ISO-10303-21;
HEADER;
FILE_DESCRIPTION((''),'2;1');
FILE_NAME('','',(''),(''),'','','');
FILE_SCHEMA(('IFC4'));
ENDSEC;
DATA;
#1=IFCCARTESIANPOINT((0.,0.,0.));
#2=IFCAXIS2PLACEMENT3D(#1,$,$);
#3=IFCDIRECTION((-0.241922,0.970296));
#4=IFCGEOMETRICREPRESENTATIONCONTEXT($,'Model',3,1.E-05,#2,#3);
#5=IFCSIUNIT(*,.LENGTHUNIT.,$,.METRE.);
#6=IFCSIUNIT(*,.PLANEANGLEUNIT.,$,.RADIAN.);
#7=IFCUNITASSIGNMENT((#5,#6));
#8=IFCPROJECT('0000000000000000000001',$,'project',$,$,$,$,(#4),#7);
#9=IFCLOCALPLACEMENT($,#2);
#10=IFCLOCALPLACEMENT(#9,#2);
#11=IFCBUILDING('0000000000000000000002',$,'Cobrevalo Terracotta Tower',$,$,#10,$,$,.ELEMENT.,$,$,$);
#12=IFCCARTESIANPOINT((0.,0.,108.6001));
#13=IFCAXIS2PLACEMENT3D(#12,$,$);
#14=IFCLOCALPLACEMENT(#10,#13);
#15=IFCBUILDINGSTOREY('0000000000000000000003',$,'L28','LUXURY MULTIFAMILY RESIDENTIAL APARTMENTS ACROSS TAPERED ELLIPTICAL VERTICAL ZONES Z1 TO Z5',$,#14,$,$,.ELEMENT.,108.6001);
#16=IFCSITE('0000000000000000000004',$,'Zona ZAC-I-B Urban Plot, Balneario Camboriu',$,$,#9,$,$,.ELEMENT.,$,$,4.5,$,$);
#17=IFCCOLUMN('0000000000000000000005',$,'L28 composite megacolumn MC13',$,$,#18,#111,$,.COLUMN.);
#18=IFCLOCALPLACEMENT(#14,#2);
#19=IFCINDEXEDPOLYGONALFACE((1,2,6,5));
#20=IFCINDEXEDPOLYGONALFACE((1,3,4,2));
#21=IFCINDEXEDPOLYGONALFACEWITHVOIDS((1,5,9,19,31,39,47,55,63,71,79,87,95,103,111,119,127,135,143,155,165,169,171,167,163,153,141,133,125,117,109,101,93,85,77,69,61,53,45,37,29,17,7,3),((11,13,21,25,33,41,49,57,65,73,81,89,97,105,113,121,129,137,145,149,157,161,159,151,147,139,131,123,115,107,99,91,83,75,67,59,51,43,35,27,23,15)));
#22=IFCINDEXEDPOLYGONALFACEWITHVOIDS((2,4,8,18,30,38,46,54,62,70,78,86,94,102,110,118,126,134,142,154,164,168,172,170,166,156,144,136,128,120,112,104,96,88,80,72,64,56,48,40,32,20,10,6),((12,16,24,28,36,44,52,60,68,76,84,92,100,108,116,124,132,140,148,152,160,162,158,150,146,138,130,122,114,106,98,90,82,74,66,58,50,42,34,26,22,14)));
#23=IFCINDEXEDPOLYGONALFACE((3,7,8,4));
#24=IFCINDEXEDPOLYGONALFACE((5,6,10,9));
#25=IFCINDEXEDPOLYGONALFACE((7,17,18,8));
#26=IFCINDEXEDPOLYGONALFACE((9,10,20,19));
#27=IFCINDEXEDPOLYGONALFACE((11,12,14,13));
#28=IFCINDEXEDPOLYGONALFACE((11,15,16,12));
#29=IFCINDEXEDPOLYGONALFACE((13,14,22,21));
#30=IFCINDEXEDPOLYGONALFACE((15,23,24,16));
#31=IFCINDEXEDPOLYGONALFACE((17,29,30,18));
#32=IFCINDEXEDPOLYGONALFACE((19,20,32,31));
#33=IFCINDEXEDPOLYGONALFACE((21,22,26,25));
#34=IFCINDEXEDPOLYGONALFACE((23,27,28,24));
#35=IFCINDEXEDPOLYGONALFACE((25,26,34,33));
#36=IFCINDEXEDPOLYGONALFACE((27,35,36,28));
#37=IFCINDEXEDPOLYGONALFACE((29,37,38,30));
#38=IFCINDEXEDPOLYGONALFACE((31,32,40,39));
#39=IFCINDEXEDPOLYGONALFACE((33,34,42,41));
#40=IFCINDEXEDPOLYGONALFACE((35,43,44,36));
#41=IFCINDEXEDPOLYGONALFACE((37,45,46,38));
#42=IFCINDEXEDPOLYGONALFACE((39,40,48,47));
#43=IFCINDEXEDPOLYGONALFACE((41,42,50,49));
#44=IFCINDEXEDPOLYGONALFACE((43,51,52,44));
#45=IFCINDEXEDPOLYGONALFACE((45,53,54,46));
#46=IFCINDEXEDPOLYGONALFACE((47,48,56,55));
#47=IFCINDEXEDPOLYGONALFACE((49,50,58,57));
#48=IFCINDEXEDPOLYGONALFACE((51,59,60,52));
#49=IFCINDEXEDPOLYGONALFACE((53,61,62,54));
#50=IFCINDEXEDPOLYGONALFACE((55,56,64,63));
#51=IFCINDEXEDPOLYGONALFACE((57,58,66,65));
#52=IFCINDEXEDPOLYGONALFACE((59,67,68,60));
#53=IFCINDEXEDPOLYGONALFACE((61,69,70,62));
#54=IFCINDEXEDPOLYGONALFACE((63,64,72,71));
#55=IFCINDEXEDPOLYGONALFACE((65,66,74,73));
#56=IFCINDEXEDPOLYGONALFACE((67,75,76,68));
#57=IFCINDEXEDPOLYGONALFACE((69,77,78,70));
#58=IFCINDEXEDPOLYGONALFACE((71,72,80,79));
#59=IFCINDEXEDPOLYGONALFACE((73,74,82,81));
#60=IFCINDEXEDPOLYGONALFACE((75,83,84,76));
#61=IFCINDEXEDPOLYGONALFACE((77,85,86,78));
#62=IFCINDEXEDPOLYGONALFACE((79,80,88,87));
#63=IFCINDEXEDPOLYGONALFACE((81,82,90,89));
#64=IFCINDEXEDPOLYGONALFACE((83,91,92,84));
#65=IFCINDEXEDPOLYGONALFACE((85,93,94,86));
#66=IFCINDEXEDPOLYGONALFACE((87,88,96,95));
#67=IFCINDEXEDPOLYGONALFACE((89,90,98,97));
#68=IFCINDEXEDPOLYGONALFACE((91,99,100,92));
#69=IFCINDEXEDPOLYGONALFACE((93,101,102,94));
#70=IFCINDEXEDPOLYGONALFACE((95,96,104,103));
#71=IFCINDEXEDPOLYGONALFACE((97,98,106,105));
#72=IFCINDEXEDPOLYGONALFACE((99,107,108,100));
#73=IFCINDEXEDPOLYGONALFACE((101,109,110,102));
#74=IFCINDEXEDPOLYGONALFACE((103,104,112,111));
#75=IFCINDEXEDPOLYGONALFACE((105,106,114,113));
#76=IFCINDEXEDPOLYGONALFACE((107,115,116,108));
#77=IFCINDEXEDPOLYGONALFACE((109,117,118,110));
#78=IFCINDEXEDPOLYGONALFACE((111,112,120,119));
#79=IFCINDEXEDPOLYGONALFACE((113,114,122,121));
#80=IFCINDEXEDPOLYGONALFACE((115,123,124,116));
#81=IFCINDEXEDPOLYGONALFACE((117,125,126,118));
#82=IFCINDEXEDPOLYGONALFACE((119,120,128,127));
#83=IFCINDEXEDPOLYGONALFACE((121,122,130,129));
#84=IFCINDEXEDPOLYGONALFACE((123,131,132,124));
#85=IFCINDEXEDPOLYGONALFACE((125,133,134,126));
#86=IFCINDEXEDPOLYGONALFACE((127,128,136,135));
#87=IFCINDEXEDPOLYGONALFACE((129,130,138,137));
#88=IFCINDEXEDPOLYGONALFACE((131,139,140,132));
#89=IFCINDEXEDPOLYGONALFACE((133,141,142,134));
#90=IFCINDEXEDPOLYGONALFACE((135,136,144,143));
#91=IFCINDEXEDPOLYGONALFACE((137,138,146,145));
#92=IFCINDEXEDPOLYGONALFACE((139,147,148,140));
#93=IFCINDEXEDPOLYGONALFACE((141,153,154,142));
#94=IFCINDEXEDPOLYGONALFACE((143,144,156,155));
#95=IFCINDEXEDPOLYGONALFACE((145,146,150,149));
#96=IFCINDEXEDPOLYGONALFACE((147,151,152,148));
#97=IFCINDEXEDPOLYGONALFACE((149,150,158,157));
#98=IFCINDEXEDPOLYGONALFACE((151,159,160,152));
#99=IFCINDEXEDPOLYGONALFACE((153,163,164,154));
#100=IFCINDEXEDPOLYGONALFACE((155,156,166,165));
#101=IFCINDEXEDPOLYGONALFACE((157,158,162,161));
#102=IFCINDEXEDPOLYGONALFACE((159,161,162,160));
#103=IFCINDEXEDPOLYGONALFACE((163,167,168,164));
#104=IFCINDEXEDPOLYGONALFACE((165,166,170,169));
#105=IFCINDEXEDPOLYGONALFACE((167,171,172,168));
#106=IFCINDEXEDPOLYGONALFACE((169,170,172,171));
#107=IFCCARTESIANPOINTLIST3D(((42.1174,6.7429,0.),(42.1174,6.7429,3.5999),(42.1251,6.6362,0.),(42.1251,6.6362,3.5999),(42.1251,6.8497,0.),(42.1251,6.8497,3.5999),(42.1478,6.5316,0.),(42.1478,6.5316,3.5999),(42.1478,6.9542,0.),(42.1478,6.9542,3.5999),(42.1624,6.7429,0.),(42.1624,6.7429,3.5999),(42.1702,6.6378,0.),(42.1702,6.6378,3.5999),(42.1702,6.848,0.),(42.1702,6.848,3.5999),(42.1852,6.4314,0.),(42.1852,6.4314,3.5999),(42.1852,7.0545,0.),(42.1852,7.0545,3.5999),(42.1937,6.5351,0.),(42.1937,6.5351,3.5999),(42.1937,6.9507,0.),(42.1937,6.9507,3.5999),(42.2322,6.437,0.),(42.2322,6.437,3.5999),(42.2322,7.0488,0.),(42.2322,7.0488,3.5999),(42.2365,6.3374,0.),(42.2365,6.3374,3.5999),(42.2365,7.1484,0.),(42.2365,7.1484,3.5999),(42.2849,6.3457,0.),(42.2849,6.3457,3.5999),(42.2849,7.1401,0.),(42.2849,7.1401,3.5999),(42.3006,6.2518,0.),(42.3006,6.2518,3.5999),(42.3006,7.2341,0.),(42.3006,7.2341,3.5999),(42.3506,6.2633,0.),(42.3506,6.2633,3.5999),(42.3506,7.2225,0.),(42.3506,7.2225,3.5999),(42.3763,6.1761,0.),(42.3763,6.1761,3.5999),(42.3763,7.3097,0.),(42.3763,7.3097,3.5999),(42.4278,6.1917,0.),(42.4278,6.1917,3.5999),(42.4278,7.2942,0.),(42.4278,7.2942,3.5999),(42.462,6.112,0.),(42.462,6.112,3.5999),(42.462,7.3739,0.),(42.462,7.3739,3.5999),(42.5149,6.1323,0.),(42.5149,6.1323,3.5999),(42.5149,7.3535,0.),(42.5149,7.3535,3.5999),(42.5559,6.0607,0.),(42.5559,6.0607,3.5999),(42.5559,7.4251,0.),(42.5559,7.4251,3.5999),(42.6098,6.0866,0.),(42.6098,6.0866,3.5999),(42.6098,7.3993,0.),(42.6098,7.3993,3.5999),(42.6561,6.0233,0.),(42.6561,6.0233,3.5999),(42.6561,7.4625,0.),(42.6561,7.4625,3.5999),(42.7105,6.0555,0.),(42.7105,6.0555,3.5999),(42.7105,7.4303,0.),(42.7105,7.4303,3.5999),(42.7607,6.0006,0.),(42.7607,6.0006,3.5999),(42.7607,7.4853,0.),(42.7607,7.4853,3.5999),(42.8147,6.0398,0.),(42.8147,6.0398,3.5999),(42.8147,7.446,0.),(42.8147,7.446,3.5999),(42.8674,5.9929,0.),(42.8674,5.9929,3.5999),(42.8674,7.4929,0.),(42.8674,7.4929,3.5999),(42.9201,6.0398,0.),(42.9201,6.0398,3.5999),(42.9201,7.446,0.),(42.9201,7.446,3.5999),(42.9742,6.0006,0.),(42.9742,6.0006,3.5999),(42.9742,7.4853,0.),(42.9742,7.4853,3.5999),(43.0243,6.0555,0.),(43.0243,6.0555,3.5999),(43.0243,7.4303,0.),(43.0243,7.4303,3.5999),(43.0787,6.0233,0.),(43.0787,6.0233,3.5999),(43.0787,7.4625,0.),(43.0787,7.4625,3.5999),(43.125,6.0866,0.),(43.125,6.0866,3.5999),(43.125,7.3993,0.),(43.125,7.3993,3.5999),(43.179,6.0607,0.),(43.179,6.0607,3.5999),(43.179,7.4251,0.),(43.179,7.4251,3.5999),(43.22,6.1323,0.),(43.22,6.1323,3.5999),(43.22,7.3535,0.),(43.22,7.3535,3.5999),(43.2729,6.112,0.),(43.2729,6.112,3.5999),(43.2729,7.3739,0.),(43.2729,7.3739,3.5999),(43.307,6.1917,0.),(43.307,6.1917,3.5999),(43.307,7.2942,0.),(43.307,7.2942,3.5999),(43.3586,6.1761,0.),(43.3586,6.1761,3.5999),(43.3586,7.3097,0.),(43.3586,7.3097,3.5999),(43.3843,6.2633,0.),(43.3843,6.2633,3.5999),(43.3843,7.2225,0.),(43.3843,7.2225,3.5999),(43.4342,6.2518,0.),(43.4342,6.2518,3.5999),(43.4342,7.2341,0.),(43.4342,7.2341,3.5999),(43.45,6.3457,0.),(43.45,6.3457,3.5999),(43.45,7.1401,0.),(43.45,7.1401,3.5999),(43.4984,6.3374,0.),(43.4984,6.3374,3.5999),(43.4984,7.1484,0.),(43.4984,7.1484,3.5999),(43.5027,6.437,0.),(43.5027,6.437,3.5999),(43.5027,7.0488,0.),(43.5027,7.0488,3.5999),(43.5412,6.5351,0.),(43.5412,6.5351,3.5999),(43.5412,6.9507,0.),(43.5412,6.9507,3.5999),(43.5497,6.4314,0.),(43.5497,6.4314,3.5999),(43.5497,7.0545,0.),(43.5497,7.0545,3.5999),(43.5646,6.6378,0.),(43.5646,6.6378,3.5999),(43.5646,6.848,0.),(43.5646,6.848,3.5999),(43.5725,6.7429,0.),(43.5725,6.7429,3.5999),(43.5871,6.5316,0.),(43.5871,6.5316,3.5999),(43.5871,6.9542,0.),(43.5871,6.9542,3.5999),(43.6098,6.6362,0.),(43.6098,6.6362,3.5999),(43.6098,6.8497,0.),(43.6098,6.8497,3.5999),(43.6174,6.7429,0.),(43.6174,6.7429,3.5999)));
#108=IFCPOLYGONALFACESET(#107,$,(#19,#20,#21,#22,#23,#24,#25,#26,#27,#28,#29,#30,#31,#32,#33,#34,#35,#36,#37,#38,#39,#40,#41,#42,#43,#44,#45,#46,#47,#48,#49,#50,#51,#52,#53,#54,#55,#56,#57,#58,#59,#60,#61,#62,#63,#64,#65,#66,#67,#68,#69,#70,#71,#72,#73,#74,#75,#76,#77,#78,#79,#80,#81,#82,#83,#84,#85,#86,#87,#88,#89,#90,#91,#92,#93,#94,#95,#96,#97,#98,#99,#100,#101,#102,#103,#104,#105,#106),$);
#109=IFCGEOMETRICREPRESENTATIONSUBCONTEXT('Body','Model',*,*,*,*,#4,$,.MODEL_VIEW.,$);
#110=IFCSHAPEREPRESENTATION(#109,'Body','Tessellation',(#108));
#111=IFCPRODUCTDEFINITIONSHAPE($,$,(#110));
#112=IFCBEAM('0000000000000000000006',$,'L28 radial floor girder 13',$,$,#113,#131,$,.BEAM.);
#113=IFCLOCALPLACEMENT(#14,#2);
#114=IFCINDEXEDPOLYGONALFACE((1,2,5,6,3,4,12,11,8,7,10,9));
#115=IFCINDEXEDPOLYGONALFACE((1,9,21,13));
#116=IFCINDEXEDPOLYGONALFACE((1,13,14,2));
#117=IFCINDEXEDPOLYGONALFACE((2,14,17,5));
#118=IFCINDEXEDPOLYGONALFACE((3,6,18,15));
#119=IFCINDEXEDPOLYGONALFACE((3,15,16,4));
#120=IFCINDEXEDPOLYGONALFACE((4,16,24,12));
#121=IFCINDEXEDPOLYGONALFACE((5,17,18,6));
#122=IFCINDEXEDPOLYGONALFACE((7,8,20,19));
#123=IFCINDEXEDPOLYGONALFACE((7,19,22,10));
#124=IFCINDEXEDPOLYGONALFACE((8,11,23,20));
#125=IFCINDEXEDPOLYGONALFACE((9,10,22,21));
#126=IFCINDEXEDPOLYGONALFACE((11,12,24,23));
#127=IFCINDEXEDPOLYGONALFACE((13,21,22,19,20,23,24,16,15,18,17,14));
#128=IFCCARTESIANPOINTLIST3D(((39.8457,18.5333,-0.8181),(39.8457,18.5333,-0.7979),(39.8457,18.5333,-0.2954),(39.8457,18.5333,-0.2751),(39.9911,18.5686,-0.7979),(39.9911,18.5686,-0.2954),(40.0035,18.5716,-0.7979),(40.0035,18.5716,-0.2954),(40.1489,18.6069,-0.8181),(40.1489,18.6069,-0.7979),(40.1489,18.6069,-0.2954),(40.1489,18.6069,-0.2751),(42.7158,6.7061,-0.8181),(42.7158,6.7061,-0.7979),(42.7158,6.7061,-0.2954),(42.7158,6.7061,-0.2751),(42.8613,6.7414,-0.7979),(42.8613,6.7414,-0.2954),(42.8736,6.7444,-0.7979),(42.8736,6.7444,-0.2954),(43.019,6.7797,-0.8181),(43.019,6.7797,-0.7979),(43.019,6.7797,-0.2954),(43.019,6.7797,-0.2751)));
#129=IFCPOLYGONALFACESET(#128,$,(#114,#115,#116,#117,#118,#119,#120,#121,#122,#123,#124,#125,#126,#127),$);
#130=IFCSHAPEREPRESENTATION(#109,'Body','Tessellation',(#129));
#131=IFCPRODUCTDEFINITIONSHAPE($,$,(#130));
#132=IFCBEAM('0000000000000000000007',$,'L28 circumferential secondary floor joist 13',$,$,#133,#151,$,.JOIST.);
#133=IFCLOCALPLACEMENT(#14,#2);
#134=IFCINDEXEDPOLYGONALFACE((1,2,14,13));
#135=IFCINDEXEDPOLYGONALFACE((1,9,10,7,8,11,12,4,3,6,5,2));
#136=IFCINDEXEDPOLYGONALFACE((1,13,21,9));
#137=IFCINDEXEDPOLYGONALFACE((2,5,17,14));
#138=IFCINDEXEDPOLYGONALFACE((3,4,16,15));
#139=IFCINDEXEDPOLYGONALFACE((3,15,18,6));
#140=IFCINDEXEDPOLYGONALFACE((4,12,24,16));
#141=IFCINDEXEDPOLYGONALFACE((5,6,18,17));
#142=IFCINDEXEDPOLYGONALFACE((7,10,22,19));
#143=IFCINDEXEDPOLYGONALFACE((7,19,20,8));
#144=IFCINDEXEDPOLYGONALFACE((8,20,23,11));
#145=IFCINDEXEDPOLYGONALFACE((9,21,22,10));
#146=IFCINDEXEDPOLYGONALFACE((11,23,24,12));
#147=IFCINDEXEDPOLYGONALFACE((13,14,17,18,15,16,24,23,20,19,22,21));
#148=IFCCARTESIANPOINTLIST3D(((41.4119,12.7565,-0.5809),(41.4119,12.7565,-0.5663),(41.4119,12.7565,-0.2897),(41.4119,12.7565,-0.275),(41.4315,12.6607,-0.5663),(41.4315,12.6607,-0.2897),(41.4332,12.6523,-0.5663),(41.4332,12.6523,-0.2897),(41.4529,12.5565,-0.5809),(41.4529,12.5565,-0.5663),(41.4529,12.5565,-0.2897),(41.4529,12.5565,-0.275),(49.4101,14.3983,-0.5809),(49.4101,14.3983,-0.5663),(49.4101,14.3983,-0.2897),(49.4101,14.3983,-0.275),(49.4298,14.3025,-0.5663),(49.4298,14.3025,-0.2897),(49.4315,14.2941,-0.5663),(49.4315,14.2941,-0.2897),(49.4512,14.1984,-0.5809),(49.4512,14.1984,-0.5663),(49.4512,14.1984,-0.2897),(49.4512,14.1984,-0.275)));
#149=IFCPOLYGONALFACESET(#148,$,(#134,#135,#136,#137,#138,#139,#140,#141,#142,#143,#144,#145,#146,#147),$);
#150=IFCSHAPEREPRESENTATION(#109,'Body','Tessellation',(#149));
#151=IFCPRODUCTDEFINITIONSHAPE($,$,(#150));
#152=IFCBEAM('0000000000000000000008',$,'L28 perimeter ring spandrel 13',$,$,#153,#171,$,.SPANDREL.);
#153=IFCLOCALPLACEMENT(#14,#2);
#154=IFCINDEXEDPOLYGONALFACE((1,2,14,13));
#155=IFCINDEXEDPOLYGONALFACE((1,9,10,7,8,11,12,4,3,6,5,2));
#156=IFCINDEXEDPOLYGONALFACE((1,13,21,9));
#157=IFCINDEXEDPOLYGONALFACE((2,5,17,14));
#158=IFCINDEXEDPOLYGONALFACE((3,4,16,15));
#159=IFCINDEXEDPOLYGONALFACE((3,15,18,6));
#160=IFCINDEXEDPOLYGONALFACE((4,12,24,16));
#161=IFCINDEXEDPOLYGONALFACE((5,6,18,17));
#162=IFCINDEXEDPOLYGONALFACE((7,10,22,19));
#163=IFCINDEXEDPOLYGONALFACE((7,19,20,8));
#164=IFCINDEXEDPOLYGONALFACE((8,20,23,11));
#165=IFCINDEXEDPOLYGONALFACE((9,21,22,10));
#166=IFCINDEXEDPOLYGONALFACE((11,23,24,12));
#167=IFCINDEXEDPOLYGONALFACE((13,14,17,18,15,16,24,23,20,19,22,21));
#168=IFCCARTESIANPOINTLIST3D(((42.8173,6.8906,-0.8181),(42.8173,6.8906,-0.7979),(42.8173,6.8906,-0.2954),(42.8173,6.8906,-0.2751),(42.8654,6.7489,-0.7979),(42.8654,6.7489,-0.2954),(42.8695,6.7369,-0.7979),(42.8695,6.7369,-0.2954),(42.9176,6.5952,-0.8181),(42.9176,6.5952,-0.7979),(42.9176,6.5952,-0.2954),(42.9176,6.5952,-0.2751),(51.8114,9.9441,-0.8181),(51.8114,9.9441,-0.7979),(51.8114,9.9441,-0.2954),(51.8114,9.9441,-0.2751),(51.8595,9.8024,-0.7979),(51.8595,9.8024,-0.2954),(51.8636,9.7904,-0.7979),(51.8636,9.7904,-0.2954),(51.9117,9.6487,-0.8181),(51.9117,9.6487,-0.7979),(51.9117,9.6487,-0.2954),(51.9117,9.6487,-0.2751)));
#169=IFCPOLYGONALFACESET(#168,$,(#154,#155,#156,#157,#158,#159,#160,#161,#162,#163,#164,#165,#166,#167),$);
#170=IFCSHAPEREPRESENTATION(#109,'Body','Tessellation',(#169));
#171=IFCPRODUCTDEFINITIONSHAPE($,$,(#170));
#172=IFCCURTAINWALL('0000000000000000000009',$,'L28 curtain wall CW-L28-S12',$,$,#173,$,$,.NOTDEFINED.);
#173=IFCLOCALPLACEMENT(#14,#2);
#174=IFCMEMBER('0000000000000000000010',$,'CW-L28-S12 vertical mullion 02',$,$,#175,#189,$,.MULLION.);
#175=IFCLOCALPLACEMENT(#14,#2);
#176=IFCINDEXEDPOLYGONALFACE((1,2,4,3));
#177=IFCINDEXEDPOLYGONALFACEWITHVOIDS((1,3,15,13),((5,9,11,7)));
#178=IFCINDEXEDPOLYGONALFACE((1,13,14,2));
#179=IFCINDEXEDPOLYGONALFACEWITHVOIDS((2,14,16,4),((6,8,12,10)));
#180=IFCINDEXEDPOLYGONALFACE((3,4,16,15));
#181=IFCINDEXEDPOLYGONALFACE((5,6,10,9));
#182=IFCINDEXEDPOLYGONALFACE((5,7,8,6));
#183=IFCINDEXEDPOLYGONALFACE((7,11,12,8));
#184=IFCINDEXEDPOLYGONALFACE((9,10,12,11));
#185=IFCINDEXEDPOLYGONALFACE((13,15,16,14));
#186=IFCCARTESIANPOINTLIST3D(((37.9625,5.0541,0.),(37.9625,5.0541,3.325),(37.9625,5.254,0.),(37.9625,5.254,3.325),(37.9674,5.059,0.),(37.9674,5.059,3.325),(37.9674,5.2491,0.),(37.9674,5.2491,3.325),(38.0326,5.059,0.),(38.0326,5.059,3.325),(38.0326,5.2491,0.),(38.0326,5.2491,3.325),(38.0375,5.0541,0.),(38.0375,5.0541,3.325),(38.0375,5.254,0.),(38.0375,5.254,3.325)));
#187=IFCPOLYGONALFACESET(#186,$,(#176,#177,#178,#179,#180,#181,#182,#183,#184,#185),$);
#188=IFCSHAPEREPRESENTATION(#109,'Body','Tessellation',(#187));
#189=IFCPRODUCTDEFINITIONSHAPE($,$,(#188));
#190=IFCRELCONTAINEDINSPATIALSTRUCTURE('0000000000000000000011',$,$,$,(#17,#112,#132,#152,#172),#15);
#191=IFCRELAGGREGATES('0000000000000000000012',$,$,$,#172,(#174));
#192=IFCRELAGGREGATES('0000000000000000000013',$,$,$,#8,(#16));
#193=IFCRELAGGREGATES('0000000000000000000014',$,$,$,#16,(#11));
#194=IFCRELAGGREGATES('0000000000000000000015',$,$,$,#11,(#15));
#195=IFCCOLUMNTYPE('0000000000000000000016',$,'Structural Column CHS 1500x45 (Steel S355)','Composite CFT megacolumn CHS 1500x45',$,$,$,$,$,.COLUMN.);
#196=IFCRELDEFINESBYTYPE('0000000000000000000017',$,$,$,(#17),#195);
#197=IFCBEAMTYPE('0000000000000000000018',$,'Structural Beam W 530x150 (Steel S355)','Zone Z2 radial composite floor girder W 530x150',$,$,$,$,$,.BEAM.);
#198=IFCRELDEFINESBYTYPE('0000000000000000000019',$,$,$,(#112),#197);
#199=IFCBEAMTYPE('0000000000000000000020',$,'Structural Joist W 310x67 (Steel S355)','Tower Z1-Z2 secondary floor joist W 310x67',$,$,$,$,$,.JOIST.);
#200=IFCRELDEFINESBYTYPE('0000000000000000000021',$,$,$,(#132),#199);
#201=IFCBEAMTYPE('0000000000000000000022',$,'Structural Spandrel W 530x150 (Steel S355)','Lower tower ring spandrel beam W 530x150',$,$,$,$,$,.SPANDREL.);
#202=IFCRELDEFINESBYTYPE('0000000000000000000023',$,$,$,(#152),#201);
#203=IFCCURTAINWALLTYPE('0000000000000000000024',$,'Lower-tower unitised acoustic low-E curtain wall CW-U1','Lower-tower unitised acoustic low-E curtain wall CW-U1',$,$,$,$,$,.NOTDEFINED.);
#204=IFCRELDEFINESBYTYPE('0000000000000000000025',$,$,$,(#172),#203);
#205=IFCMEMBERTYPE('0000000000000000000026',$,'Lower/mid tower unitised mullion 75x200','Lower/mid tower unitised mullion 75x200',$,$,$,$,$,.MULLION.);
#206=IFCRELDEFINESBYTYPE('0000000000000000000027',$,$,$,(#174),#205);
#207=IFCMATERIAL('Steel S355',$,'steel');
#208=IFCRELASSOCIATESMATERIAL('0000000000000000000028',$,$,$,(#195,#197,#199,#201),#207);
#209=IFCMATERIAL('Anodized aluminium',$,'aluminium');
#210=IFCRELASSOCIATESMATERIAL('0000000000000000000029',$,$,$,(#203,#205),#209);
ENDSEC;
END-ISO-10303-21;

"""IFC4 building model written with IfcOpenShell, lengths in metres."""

from ifc_helpers import new_model, si_unit, direction, frame, origin, origin_2d, place, context, subcontext, project, spatial, hollow_rectangle, hollow_circle, i_section, extrude, source, transform, mapped, material, material_profile, profile_set, type_object, element, aggregate, save


model = new_model("IFC4")

# Units and contexts
model_context = context("Model", 3, precision=1e-05, world=origin(), true_north=direction((-0.241922, 0.970296)))
body_context = subcontext(model_context, "Body", "Model", "MODEL_VIEW")
ifc_project = project(units=[si_unit("LENGTHUNIT", "METRE"), si_unit("PLANEANGLEUNIT", "RADIAN")], contexts=[model_context])

# Site, building, storey
site_placement = place(None, origin())
site = spatial("IfcSite", under=ifc_project, at=site_placement, Name="Zona ZAC-I-B Urban Plot, Balneario Camboriu", CompositionType="ELEMENT", RefElevation=4.5)
building_placement = place(site_placement, origin())
building = spatial("IfcBuilding", under=site, at=building_placement, Name="Cobrevalo Terracotta Tower", CompositionType="ELEMENT")
storey_placement = place(building_placement, frame((0.0, 0.0, 108.6001)))
storey = spatial("IfcBuildingStorey", under=building, at=storey_placement, Name="L28", Description="LUXURY MULTIFAMILY RESIDENTIAL APARTMENTS ACROSS TAPERED ELLIPTICAL VERTICAL ZONES Z1 TO Z5", CompositionType="ELEMENT", Elevation=108.6001)

# Column
ifc_material_1 = material(Name="Steel S355", Category="steel")
ifc_material_profile_1 = material_profile(ifc_material_1, hollow_circle(Radius=0.75, WallThickness=0.0449, at=origin_2d()), Name="CHS 1500x45")
ifc_profile_set_1 = profile_set([ifc_material_profile_1], Name="Steel S355")
column_type = type_object("IfcColumnType", Name="Structural Column CHS 1500x45 (Steel S355)", Description="Composite CFT megacolumn CHS 1500x45", PredefinedType="COLUMN", material=ifc_profile_set_1)
column_placement = place(storey_placement, frame((42.8674, 6.7429, 0.0), z_axis=(0.0, 0.0, 1.0), x_axis=(1.0, 0.0, 0.0)))
element("IfcColumn", 1, at=column_placement, inside=storey, type_object=column_type, Name="L28 composite megacolumn MC13", PredefinedType="COLUMN", context=body_context, shape_type="SweptSolid", body=[
    extrude(hollow_circle(Radius=0.75, WallThickness=0.0449, at=origin_2d()), origin(), (0.0, 0.0, 1.0), 3.5999),
])

# Beams
ifc_material_profile_2 = material_profile(ifc_material_1, i_section(OverallWidth=0.312, OverallDepth=0.543, WebThickness=0.0127, FlangeThickness=0.0203, at=origin_2d()), Name="W 530x150")
ifc_profile_set_2 = profile_set([ifc_material_profile_2], Name="Steel S355")
beam_type_1 = type_object("IfcBeamType", Name="Structural Beam W 530x150 (Steel S355)", Description="Zone Z2 radial composite floor girder W 530x150", PredefinedType="BEAM", material=ifc_profile_set_2)
beam_1_placement = place(storey_placement, frame((42.8674, 6.7429, -0.5466), z_axis=(-0.235827, 0.971795, 0.0), x_axis=(-0.971795, -0.235827, 0.0)))
element("IfcBeam", 2, at=beam_1_placement, inside=storey, type_object=beam_type_1, Name="L28 radial floor girder 13", PredefinedType="BEAM", context=body_context, shape_type="SweptSolid", body=[
    extrude(i_section(OverallWidth=0.312, OverallDepth=0.543, WebThickness=0.0127, FlangeThickness=0.0203, at=origin_2d()), origin(), (0.0, 0.0, 1.0), 12.1704),
])
ifc_material_profile_3 = material_profile(ifc_material_1, i_section(OverallWidth=0.2041, OverallDepth=0.3059, WebThickness=0.0085, FlangeThickness=0.0146, at=origin_2d()), Name="W 310x67")
ifc_profile_set_3 = profile_set([ifc_material_profile_3], Name="Steel S355")
beam_type_2 = type_object("IfcBeamType", Name="Structural Joist W 310x67 (Steel S355)", Description="Tower Z1-Z2 secondary floor joist W 310x67", PredefinedType="JOIST", material=ifc_profile_set_3)
beam_2_placement = place(storey_placement, frame((41.4324, 12.6565, -0.428), z_axis=(0.979574, 0.201082, 0.0), x_axis=(-0.201082, 0.979574, 0.0)))
element("IfcBeam", 3, at=beam_2_placement, inside=storey, type_object=beam_type_2, Name="L28 circumferential secondary floor joist 13", PredefinedType="JOIST", context=body_context, shape_type="SweptSolid", body=[
    extrude(i_section(OverallWidth=0.2041, OverallDepth=0.3059, WebThickness=0.0085, FlangeThickness=0.0146, at=origin_2d()), origin(), (0.0, 0.0, 1.0), 8.165),
])
ifc_material_profile_4 = material_profile(ifc_material_1, i_section(OverallWidth=0.312, OverallDepth=0.543, WebThickness=0.0127, FlangeThickness=0.0203, at=origin_2d()), Name="W 530x150")
ifc_profile_set_4 = profile_set([ifc_material_profile_4], Name="Steel S355")
beam_type_3 = type_object("IfcBeamType", Name="Structural Spandrel W 530x150 (Steel S355)", Description="Lower tower ring spandrel beam W 530x150", PredefinedType="SPANDREL", material=ifc_profile_set_4)
beam_3_placement = place(storey_placement, frame((42.8674, 6.7429, -0.5466), z_axis=(0.946918, 0.321474, 0.0), x_axis=(-0.321474, 0.946918, 0.0)))
element("IfcBeam", 4, at=beam_3_placement, inside=storey, type_object=beam_type_3, Name="L28 perimeter ring spandrel 13", PredefinedType="SPANDREL", context=body_context, shape_type="SweptSolid", body=[
    extrude(i_section(OverallWidth=0.312, OverallDepth=0.543, WebThickness=0.0127, FlangeThickness=0.0203, at=origin_2d()), origin(), (0.0, 0.0, 1.0), 9.4983),
])

# Curtain wall, member
ifc_material_2 = material(Name="Anodized aluminium", Category="aluminium")
curtain_wall_type = type_object("IfcCurtainWallType", Name="Lower-tower unitised acoustic low-E curtain wall CW-U1", Description="Lower-tower unitised acoustic low-E curtain wall CW-U1", PredefinedType="NOTDEFINED", material=ifc_material_2)
curtain_wall_1_placement = place(storey_placement, origin())
curtain_wall_1 = element("IfcCurtainWall", 5, at=curtain_wall_1_placement, inside=storey, type_object=curtain_wall_type, Name="L28 curtain wall CW-L28-S12", PredefinedType="NOTDEFINED")
ifc_material_profile_5 = material_profile(ifc_material_2, hollow_rectangle(XDim=0.075, YDim=0.2, WallThickness=0.0049, at=origin_2d()), Name="CWM 75x200")
ifc_profile_set_5 = profile_set([ifc_material_profile_5], Name="Anodized aluminium")
member_type_1 = type_object("IfcMemberType", Name="Lower/mid tower unitised mullion 75x200", Description="Lower/mid tower unitised mullion 75x200", PredefinedType="MULLION", material=ifc_profile_set_5)
shared_shape_1 = source(origin(), body_context, "Body", "SweptSolid", [
    extrude(hollow_rectangle(XDim=0.075, YDim=0.2, WallThickness=0.0049, at=origin_2d()), origin(), (0.0, 0.0, 1.0), 3.325),
])
member_1_placement = place(storey_placement, frame((38.0, 5.1541, 0.0), z_axis=(0.0, 0.0, 1.0), x_axis=(1.0, 0.0, 0.0)))
member_1 = element("IfcMember", 6, at=member_1_placement, type_object=member_type_1, Name="CW-L28-S12 vertical mullion 02", PredefinedType="MULLION", context=body_context, shape_type="MappedRepresentation", body=[
    mapped(shared_shape_1, transform((0.0, 0.0, 0.0), scale=1.0)),
])

aggregate(curtain_wall_1, [member_1])

save(model, "model.ifc")
